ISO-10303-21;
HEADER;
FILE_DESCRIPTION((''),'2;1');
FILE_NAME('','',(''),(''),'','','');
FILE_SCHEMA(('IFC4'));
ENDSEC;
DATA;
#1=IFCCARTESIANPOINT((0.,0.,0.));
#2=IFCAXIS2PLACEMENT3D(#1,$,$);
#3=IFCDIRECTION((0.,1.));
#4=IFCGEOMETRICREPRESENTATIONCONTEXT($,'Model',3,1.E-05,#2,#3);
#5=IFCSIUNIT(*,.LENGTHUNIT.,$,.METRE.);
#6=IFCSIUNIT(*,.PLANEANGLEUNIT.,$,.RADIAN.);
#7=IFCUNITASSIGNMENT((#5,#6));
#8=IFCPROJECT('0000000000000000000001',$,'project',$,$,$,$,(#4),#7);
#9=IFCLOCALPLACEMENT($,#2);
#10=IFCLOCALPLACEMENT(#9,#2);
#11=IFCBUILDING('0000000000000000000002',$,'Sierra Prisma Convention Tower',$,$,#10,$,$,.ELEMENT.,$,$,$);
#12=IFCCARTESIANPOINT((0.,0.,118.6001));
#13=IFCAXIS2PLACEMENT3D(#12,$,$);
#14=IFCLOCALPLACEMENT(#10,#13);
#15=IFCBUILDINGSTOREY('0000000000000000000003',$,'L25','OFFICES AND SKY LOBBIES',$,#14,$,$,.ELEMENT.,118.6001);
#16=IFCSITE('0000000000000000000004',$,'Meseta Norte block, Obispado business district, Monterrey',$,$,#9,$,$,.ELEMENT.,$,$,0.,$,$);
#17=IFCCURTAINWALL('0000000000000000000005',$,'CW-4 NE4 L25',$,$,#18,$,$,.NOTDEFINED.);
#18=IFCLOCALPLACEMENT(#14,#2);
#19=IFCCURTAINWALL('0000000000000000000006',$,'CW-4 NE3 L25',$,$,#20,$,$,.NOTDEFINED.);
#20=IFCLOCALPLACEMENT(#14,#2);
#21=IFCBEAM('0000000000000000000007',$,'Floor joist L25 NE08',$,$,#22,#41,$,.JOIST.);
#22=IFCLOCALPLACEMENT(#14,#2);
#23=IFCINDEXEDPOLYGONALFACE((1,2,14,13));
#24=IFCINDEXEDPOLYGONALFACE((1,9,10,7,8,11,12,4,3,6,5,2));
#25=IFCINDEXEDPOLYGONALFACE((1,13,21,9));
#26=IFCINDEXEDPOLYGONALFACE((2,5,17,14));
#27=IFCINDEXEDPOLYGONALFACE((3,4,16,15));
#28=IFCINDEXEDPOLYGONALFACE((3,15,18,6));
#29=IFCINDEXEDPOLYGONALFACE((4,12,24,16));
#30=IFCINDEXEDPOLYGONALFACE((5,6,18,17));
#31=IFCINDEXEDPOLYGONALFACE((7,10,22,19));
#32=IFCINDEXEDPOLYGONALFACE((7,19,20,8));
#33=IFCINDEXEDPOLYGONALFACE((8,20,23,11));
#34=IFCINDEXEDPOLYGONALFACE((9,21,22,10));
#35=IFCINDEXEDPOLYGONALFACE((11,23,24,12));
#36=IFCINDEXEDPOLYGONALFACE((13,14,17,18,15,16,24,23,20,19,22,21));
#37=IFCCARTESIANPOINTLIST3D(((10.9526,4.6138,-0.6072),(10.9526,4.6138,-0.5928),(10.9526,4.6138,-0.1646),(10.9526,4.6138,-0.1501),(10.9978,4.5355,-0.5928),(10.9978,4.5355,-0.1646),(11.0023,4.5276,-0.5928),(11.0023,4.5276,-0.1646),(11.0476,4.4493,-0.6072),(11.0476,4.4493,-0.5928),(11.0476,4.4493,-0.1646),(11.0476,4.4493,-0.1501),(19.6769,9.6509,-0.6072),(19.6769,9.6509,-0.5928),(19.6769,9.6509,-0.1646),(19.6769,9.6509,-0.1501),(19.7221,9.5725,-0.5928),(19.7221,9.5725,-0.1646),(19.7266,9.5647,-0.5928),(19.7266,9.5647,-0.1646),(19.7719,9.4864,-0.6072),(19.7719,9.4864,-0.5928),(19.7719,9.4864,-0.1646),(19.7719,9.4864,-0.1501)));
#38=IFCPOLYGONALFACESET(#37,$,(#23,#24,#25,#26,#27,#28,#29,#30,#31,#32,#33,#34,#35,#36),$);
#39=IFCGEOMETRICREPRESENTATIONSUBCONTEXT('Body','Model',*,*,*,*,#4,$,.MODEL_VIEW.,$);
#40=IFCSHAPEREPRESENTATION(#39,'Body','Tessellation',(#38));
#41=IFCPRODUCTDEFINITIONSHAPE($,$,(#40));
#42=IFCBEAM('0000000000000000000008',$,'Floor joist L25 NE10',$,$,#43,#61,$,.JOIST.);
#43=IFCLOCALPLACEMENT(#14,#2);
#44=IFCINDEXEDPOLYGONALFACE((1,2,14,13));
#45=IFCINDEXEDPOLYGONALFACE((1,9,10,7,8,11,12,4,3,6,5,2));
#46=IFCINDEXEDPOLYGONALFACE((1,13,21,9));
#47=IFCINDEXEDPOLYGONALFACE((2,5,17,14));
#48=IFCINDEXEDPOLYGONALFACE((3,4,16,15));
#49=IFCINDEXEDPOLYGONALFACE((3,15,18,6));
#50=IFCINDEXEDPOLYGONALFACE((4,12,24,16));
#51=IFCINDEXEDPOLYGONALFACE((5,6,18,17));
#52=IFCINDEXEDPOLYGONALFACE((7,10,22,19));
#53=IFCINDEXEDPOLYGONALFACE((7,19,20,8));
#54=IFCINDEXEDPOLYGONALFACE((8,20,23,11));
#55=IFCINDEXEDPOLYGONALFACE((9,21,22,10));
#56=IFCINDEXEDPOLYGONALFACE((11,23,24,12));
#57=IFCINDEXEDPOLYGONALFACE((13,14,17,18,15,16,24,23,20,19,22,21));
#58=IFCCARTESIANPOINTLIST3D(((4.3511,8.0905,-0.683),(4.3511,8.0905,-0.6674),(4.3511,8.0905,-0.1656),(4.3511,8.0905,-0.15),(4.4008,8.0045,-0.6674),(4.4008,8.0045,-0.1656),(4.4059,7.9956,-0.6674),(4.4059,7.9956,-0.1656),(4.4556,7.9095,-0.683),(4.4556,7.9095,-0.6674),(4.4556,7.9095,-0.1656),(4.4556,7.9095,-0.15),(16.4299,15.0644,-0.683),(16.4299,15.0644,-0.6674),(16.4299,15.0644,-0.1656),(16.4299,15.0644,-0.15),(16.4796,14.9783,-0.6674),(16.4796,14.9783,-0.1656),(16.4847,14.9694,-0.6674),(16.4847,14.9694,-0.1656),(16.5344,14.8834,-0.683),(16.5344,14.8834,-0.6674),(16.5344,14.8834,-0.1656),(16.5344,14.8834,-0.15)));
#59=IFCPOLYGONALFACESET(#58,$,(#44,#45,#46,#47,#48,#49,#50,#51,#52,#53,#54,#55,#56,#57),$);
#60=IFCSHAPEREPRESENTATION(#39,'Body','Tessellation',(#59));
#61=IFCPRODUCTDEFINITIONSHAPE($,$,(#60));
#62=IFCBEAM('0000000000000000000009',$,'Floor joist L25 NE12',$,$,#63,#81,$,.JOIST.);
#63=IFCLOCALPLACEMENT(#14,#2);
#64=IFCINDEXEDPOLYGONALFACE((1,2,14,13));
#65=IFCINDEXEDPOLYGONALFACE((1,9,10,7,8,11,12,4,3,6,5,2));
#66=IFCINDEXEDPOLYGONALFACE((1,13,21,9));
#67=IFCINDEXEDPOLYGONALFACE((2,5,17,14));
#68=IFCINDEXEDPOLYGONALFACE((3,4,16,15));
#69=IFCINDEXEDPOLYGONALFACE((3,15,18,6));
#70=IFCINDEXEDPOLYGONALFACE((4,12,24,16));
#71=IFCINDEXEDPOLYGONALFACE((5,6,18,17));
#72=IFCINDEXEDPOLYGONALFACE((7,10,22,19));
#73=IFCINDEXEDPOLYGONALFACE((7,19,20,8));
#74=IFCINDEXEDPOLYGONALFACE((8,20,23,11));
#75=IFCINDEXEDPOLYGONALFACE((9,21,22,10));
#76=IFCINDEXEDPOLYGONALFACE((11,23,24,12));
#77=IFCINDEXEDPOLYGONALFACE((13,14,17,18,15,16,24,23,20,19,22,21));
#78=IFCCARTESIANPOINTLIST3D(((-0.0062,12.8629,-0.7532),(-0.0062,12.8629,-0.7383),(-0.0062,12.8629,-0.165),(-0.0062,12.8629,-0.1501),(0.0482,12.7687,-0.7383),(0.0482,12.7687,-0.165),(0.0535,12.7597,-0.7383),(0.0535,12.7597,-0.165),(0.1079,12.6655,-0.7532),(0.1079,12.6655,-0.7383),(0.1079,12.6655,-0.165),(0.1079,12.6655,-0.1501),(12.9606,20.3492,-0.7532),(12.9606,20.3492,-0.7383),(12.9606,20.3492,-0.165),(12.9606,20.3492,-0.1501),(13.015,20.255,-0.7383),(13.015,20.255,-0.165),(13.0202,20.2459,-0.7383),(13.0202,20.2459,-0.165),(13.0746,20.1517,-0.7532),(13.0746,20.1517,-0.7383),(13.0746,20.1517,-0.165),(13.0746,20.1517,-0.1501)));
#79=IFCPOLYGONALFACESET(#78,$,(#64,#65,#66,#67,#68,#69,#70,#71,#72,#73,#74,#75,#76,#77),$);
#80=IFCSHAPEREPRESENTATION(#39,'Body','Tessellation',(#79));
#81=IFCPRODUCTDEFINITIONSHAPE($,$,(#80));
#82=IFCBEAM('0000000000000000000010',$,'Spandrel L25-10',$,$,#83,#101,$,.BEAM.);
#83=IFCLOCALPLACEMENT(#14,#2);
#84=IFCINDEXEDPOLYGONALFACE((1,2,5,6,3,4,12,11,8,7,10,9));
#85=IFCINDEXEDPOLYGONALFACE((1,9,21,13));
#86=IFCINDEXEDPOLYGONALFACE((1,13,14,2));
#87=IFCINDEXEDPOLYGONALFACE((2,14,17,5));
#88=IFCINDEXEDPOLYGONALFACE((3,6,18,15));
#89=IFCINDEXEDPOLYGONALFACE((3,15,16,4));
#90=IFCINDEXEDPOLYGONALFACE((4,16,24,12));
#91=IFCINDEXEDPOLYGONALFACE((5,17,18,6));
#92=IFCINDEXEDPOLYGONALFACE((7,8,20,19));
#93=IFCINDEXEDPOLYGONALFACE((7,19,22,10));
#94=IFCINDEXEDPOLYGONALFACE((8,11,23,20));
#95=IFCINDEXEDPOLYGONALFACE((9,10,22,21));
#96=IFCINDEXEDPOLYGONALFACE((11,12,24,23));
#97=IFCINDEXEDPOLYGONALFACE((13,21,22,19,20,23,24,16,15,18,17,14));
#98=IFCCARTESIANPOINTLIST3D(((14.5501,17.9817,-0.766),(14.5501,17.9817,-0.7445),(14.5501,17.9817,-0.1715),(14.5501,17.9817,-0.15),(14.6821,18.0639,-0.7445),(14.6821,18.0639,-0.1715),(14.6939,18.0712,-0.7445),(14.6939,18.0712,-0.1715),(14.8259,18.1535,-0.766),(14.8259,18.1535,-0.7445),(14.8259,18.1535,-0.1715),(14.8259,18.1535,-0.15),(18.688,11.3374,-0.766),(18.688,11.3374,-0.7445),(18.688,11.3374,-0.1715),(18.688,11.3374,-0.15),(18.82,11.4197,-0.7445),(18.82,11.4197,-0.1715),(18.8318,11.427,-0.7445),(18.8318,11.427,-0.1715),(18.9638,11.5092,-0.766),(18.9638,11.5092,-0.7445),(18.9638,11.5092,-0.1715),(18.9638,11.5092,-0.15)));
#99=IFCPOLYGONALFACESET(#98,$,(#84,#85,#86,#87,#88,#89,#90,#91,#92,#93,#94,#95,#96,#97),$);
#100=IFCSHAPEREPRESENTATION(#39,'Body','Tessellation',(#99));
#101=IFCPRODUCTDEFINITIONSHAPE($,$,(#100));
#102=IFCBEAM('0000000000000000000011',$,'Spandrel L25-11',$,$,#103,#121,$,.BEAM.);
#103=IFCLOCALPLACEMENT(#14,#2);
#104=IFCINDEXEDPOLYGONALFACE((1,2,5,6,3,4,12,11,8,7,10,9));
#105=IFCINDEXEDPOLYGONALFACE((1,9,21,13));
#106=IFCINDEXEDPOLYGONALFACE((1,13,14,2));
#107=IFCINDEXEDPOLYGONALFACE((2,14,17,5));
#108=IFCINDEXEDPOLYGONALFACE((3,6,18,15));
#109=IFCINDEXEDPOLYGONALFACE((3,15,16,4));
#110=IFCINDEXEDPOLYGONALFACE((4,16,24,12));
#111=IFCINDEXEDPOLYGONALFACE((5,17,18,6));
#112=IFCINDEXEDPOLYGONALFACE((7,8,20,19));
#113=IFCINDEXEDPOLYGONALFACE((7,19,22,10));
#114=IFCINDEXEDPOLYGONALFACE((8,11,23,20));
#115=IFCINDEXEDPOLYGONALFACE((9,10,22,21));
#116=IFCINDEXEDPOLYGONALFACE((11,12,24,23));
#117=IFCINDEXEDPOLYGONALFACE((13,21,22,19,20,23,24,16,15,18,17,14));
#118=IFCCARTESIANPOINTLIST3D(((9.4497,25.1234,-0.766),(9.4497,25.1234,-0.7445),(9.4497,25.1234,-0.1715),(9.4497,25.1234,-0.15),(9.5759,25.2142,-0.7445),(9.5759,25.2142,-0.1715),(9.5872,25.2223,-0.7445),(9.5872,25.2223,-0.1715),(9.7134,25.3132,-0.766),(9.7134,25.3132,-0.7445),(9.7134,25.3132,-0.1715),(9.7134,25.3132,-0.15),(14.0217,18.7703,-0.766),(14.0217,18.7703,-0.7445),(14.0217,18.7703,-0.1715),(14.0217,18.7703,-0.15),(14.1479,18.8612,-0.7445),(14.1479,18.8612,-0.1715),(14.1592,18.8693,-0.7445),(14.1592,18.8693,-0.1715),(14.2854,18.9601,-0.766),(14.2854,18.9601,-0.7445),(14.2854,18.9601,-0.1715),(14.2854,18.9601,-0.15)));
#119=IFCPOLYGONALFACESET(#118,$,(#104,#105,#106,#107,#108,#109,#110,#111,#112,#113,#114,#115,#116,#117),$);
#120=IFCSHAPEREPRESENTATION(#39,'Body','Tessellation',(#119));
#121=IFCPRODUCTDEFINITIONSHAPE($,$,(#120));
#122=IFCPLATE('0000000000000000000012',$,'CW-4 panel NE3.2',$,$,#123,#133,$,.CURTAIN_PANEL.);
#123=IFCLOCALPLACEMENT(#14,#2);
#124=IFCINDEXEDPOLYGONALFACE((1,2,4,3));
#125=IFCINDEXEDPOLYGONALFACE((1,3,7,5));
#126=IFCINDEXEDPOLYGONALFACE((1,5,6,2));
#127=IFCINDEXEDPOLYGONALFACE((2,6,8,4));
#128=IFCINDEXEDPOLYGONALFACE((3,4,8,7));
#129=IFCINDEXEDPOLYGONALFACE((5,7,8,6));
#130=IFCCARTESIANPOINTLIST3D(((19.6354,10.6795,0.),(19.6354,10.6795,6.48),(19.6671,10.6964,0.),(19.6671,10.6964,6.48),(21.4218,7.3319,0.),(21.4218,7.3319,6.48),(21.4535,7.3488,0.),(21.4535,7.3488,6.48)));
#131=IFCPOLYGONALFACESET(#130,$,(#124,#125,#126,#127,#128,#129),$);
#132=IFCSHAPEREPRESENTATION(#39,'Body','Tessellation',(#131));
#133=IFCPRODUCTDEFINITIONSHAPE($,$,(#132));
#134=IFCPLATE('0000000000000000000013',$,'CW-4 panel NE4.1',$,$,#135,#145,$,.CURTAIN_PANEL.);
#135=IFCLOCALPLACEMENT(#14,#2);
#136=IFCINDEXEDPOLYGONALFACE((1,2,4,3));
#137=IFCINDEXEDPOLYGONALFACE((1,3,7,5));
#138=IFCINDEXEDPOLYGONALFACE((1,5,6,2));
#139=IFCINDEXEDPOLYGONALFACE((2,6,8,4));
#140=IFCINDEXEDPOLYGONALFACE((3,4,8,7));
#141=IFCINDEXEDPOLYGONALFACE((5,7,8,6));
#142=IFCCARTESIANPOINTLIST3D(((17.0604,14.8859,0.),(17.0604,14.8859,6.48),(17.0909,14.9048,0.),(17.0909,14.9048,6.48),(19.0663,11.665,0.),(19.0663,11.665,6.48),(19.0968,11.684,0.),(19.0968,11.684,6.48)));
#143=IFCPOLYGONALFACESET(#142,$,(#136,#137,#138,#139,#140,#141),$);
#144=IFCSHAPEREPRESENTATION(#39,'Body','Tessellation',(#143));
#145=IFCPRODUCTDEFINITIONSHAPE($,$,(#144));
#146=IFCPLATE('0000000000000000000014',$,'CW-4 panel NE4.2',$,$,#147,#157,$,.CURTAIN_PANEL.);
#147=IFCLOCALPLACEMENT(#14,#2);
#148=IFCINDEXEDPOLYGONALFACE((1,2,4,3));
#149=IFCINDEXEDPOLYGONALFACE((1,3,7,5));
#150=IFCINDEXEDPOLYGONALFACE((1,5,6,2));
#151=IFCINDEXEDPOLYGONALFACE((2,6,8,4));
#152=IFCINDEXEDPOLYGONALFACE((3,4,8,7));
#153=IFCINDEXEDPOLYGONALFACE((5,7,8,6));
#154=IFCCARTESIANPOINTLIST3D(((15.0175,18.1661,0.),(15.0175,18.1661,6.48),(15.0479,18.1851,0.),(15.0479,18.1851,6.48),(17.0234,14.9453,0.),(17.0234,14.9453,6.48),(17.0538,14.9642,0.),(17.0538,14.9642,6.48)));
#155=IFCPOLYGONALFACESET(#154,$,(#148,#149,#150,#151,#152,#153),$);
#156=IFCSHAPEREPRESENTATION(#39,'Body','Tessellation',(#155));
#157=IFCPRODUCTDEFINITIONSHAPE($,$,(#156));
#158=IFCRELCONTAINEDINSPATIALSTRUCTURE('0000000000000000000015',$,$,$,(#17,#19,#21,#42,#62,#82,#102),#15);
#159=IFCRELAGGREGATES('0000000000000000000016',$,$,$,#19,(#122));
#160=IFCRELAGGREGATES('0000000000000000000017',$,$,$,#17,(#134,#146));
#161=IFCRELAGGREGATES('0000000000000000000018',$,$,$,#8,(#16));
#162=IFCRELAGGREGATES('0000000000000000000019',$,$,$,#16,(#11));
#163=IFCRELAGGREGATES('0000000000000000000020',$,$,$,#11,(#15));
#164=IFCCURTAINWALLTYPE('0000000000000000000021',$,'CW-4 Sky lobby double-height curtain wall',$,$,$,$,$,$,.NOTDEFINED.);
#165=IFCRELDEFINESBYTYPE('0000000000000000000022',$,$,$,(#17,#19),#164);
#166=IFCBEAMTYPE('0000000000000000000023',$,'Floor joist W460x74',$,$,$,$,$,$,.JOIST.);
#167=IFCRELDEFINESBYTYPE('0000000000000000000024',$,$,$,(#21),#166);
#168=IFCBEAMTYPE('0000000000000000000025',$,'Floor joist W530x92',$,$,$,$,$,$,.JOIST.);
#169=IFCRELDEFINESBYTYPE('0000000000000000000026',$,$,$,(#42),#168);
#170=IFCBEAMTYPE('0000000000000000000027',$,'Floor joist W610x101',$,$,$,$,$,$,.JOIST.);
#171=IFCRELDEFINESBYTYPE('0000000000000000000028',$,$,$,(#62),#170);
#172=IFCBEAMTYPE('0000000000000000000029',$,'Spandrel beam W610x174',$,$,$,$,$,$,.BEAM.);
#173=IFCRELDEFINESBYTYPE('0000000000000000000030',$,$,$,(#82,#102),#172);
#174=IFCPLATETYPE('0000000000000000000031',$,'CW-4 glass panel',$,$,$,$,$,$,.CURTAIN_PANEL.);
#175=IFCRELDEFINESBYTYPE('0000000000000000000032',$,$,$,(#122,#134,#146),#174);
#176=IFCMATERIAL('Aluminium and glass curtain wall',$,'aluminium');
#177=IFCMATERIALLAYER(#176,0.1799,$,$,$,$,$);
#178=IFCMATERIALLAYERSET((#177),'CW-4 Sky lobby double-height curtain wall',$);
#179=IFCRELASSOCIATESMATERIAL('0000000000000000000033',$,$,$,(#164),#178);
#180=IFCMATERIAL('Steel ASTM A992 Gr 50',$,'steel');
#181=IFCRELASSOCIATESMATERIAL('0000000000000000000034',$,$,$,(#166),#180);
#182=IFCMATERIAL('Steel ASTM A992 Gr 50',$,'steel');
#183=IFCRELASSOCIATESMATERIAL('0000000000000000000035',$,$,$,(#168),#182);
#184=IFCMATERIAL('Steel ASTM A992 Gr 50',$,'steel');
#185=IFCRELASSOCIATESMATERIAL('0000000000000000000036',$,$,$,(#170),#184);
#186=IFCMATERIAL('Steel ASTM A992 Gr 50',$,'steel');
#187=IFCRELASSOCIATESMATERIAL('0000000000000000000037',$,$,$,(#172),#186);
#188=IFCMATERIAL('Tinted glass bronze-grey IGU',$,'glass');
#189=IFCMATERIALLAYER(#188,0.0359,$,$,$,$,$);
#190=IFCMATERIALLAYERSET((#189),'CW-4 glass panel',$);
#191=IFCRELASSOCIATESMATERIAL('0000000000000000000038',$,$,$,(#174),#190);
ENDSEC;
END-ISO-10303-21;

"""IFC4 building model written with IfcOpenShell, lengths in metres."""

from ifc_helpers import new_model, si_unit, direction, frame, origin, origin_2d, place, context, subcontext, project, spatial, rectangle, i_section, extrude, material, layer, layer_set, material_profile, profile_set, type_object, element, aggregate, save


model = new_model("IFC4")

# Units and contexts
model_context = context("Model", 3, precision=1e-05, world=origin(), true_north=direction((0.0, 1.0)))
body_context = subcontext(model_context, "Body", "Model", "MODEL_VIEW")
ifc_project = project(units=[si_unit("LENGTHUNIT", "METRE"), si_unit("PLANEANGLEUNIT", "RADIAN")], contexts=[model_context])

# Site, building, storey
site_placement = place(None, origin())
site = spatial("IfcSite", under=ifc_project, at=site_placement, Name="Meseta Norte block, Obispado business district, Monterrey", CompositionType="ELEMENT", RefElevation=0.0)
building_placement = place(site_placement, origin())
building = spatial("IfcBuilding", under=site, at=building_placement, Name="Sierra Prisma Convention Tower", CompositionType="ELEMENT")
storey_placement = place(building_placement, frame((0.0, 0.0, 118.6001)))
storey = spatial("IfcBuildingStorey", under=building, at=storey_placement, Name="L25", Description="OFFICES AND SKY LOBBIES", CompositionType="ELEMENT", Elevation=118.6001)

# Curtain walls
ifc_material_1 = material(Name="Aluminium and glass curtain wall", Category="aluminium")
ifc_layer_1 = layer(ifc_material_1, 0.1799)
ifc_layer_set_1 = layer_set([ifc_layer_1], Name="CW-4 Sky lobby double-height curtain wall")
curtain_wall_type = type_object("IfcCurtainWallType", Name="CW-4 Sky lobby double-height curtain wall", PredefinedType="NOTDEFINED", material=ifc_layer_set_1)
curtain_wall_1_placement = place(storey_placement, origin())
curtain_wall_1 = element("IfcCurtainWall", 1, at=curtain_wall_1_placement, inside=storey, type_object=curtain_wall_type, Name="CW-4 NE4 L25", PredefinedType="NOTDEFINED")
curtain_wall_2_placement = place(storey_placement, origin())
curtain_wall_2 = element("IfcCurtainWall", 2, at=curtain_wall_2_placement, inside=storey, type_object=curtain_wall_type, Name="CW-4 NE3 L25", PredefinedType="NOTDEFINED")

# Beams
ifc_material_2 = material(Name="Steel ASTM A992 Gr 50", Category="steel")
ifc_material_profile_1 = material_profile(ifc_material_2, i_section(OverallWidth=0.1899, OverallDepth=0.457, WebThickness=0.009, FlangeThickness=0.0144, at=origin_2d()), Name="W460x74")
ifc_profile_set_1 = profile_set([ifc_material_profile_1], Name="Steel ASTM A992 Gr 50")
beam_type_1 = type_object("IfcBeamType", Name="Floor joist W460x74", PredefinedType="JOIST", material=ifc_profile_set_1)
beam_1_placement = place(storey_placement, frame((19.7244, 9.5686, -0.3787), z_axis=(-0.866021, -0.500007, 0.0), x_axis=(0.500007, -0.866021, 0.0)))
element("IfcBeam", 3, at=beam_1_placement, inside=storey, type_object=beam_type_1, Name="Floor joist L25 NE08", PredefinedType="JOIST", context=body_context, shape_type="SweptSolid", body=[
    extrude(i_section(OverallWidth=0.1899, OverallDepth=0.457, WebThickness=0.009, FlangeThickness=0.0144, at=origin_2d()), origin(), (0.0, 0.0, 1.0), 10.074),
])
ifc_material_3 = material(Name="Steel ASTM A992 Gr 50", Category="steel")
ifc_material_profile_2 = material_profile(ifc_material_3, i_section(OverallWidth=0.209, OverallDepth=0.533, WebThickness=0.0103, FlangeThickness=0.0156, at=origin_2d()), Name="W530x92")
ifc_profile_set_2 = profile_set([ifc_material_profile_2], Name="Steel ASTM A992 Gr 50")
beam_type_2 = type_object("IfcBeamType", Name="Floor joist W530x92", PredefinedType="JOIST", material=ifc_profile_set_2)
beam_2_placement = place(storey_placement, frame((16.4822, 14.9739, -0.4165), z_axis=(-0.866021, -0.500008, 0.0), x_axis=(0.500008, -0.866021, 0.0)))
element("IfcBeam", 4, at=beam_2_placement, inside=storey, type_object=beam_type_2, Name="Floor joist L25 NE10", PredefinedType="JOIST", context=body_context, shape_type="SweptSolid", body=[
    extrude(i_section(OverallWidth=0.209, OverallDepth=0.533, WebThickness=0.0103, FlangeThickness=0.0156, at=origin_2d()), origin(), (0.0, 0.0, 1.0), 13.9475),
])
ifc_material_4 = material(Name="Steel ASTM A992 Gr 50", Category="steel")
ifc_material_profile_3 = material_profile(ifc_material_4, i_section(OverallWidth=0.228, OverallDepth=0.603, WebThickness=0.0105, FlangeThickness=0.0149, at=origin_2d()), Name="W610x101")
ifc_profile_set_3 = profile_set([ifc_material_profile_3], Name="Steel ASTM A992 Gr 50")
beam_type_3 = type_object("IfcBeamType", Name="Floor joist W610x101", PredefinedType="JOIST", material=ifc_profile_set_3)
beam_3_placement = place(storey_placement, frame((13.0176, 20.2505, -0.4517), z_axis=(-0.866027, -0.499997, 0.0), x_axis=(0.499997, -0.866027, 0.0)))
element("IfcBeam", 5, at=beam_3_placement, inside=storey, type_object=beam_type_3, Name="Floor joist L25 NE12", PredefinedType="JOIST", context=body_context, shape_type="SweptSolid", body=[
    extrude(i_section(OverallWidth=0.228, OverallDepth=0.603, WebThickness=0.0105, FlangeThickness=0.0149, at=origin_2d()), origin(), (0.0, 0.0, 1.0), 14.9727),
])
ifc_material_5 = material(Name="Steel ASTM A992 Gr 50", Category="steel")
ifc_material_profile_4 = material_profile(ifc_material_5, i_section(OverallWidth=0.325, OverallDepth=0.616, WebThickness=0.0139, FlangeThickness=0.0215, at=origin_2d()), Name="W610x174")
ifc_profile_set_4 = profile_set([ifc_material_profile_4], Name="Steel ASTM A992 Gr 50")
beam_type_4 = type_object("IfcBeamType", Name="Spandrel beam W610x174", PredefinedType="BEAM", material=ifc_profile_set_4)
beam_4_placement = place(storey_placement, frame((18.8259, 11.4233, -0.458), z_axis=(-0.528644, 0.848844, 0.0), x_axis=(-0.848844, -0.528644, 0.0)))
element("IfcBeam", 6, at=beam_4_placement, inside=storey, type_object=beam_type_4, Name="Spandrel L25-10", PredefinedType="BEAM", context=body_context, shape_type="SweptSolid", body=[
    extrude(i_section(OverallWidth=0.325, OverallDepth=0.616, WebThickness=0.0139, FlangeThickness=0.0215, at=origin_2d()), origin(), (0.0, 0.0, 1.0), 7.8274),
])
beam_5_placement = place(storey_placement, frame((14.1536, 18.8652, -0.458), z_axis=(-0.584123, 0.811665, 0.0), x_axis=(-0.811665, -0.584123, 0.0)))
element("IfcBeam", 7, at=beam_5_placement, inside=storey, type_object=beam_type_4, Name="Spandrel L25-11", PredefinedType="BEAM", context=body_context, shape_type="SweptSolid", body=[
    extrude(i_section(OverallWidth=0.325, OverallDepth=0.616, WebThickness=0.0139, FlangeThickness=0.0215, at=origin_2d()), origin(), (0.0, 0.0, 1.0), 7.8271),
])

# Plates
ifc_material_6 = material(Name="Tinted glass bronze-grey IGU", Category="glass")
ifc_layer_2 = layer(ifc_material_6, 0.0359)
ifc_layer_set_2 = layer_set([ifc_layer_2], Name="CW-4 glass panel")
plate_type = type_object("IfcPlateType", Name="CW-4 glass panel", PredefinedType="CURTAIN_PANEL", material=ifc_layer_set_2)
plate_1_placement = place(storey_placement, frame((20.5444, 9.0142, 0.0), z_axis=(0.0, 0.0, 1.0), x_axis=(-0.4708, 0.88224, 0.0)))
plate_1 = element("IfcPlate", 8, at=plate_1_placement, type_object=plate_type, Name="CW-4 panel NE3.2", PredefinedType="CURTAIN_PANEL", context=body_context, shape_type="SweptSolid", body=[
    extrude(rectangle(XDim=3.7944, YDim=0.0359, at=origin_2d()), origin(), (0.0, 0.0, 1.0), 6.48),
])
aggregate(curtain_wall_2, [plate_1])
plate_2_placement = place(storey_placement, frame((18.0786, 13.2849, 0.0), z_axis=(0.0, 0.0, 1.0), x_axis=(-0.528642, 0.848845, 0.0)))
plate_2 = element("IfcPlate", 9, at=plate_2_placement, type_object=plate_type, Name="CW-4 panel NE4.1", PredefinedType="CURTAIN_PANEL", context=body_context, shape_type="SweptSolid", body=[
    extrude(rectangle(XDim=3.7944, YDim=0.0359, at=origin_2d()), origin(), (0.0, 0.0, 1.0), 6.48),
])
plate_3_placement = place(storey_placement, frame((16.0356, 16.5652, 0.0), z_axis=(0.0, 0.0, 1.0), x_axis=(-0.528642, 0.848845, 0.0)))
plate_3 = element("IfcPlate", 10, at=plate_3_placement, type_object=plate_type, Name="CW-4 panel NE4.2", PredefinedType="CURTAIN_PANEL", context=body_context, shape_type="SweptSolid", body=[
    extrude(rectangle(XDim=3.7944, YDim=0.0359, at=origin_2d()), origin(), (0.0, 0.0, 1.0), 6.48),
])
aggregate(curtain_wall_1, [plate_2, plate_3])

save(model, "model.ifc")
